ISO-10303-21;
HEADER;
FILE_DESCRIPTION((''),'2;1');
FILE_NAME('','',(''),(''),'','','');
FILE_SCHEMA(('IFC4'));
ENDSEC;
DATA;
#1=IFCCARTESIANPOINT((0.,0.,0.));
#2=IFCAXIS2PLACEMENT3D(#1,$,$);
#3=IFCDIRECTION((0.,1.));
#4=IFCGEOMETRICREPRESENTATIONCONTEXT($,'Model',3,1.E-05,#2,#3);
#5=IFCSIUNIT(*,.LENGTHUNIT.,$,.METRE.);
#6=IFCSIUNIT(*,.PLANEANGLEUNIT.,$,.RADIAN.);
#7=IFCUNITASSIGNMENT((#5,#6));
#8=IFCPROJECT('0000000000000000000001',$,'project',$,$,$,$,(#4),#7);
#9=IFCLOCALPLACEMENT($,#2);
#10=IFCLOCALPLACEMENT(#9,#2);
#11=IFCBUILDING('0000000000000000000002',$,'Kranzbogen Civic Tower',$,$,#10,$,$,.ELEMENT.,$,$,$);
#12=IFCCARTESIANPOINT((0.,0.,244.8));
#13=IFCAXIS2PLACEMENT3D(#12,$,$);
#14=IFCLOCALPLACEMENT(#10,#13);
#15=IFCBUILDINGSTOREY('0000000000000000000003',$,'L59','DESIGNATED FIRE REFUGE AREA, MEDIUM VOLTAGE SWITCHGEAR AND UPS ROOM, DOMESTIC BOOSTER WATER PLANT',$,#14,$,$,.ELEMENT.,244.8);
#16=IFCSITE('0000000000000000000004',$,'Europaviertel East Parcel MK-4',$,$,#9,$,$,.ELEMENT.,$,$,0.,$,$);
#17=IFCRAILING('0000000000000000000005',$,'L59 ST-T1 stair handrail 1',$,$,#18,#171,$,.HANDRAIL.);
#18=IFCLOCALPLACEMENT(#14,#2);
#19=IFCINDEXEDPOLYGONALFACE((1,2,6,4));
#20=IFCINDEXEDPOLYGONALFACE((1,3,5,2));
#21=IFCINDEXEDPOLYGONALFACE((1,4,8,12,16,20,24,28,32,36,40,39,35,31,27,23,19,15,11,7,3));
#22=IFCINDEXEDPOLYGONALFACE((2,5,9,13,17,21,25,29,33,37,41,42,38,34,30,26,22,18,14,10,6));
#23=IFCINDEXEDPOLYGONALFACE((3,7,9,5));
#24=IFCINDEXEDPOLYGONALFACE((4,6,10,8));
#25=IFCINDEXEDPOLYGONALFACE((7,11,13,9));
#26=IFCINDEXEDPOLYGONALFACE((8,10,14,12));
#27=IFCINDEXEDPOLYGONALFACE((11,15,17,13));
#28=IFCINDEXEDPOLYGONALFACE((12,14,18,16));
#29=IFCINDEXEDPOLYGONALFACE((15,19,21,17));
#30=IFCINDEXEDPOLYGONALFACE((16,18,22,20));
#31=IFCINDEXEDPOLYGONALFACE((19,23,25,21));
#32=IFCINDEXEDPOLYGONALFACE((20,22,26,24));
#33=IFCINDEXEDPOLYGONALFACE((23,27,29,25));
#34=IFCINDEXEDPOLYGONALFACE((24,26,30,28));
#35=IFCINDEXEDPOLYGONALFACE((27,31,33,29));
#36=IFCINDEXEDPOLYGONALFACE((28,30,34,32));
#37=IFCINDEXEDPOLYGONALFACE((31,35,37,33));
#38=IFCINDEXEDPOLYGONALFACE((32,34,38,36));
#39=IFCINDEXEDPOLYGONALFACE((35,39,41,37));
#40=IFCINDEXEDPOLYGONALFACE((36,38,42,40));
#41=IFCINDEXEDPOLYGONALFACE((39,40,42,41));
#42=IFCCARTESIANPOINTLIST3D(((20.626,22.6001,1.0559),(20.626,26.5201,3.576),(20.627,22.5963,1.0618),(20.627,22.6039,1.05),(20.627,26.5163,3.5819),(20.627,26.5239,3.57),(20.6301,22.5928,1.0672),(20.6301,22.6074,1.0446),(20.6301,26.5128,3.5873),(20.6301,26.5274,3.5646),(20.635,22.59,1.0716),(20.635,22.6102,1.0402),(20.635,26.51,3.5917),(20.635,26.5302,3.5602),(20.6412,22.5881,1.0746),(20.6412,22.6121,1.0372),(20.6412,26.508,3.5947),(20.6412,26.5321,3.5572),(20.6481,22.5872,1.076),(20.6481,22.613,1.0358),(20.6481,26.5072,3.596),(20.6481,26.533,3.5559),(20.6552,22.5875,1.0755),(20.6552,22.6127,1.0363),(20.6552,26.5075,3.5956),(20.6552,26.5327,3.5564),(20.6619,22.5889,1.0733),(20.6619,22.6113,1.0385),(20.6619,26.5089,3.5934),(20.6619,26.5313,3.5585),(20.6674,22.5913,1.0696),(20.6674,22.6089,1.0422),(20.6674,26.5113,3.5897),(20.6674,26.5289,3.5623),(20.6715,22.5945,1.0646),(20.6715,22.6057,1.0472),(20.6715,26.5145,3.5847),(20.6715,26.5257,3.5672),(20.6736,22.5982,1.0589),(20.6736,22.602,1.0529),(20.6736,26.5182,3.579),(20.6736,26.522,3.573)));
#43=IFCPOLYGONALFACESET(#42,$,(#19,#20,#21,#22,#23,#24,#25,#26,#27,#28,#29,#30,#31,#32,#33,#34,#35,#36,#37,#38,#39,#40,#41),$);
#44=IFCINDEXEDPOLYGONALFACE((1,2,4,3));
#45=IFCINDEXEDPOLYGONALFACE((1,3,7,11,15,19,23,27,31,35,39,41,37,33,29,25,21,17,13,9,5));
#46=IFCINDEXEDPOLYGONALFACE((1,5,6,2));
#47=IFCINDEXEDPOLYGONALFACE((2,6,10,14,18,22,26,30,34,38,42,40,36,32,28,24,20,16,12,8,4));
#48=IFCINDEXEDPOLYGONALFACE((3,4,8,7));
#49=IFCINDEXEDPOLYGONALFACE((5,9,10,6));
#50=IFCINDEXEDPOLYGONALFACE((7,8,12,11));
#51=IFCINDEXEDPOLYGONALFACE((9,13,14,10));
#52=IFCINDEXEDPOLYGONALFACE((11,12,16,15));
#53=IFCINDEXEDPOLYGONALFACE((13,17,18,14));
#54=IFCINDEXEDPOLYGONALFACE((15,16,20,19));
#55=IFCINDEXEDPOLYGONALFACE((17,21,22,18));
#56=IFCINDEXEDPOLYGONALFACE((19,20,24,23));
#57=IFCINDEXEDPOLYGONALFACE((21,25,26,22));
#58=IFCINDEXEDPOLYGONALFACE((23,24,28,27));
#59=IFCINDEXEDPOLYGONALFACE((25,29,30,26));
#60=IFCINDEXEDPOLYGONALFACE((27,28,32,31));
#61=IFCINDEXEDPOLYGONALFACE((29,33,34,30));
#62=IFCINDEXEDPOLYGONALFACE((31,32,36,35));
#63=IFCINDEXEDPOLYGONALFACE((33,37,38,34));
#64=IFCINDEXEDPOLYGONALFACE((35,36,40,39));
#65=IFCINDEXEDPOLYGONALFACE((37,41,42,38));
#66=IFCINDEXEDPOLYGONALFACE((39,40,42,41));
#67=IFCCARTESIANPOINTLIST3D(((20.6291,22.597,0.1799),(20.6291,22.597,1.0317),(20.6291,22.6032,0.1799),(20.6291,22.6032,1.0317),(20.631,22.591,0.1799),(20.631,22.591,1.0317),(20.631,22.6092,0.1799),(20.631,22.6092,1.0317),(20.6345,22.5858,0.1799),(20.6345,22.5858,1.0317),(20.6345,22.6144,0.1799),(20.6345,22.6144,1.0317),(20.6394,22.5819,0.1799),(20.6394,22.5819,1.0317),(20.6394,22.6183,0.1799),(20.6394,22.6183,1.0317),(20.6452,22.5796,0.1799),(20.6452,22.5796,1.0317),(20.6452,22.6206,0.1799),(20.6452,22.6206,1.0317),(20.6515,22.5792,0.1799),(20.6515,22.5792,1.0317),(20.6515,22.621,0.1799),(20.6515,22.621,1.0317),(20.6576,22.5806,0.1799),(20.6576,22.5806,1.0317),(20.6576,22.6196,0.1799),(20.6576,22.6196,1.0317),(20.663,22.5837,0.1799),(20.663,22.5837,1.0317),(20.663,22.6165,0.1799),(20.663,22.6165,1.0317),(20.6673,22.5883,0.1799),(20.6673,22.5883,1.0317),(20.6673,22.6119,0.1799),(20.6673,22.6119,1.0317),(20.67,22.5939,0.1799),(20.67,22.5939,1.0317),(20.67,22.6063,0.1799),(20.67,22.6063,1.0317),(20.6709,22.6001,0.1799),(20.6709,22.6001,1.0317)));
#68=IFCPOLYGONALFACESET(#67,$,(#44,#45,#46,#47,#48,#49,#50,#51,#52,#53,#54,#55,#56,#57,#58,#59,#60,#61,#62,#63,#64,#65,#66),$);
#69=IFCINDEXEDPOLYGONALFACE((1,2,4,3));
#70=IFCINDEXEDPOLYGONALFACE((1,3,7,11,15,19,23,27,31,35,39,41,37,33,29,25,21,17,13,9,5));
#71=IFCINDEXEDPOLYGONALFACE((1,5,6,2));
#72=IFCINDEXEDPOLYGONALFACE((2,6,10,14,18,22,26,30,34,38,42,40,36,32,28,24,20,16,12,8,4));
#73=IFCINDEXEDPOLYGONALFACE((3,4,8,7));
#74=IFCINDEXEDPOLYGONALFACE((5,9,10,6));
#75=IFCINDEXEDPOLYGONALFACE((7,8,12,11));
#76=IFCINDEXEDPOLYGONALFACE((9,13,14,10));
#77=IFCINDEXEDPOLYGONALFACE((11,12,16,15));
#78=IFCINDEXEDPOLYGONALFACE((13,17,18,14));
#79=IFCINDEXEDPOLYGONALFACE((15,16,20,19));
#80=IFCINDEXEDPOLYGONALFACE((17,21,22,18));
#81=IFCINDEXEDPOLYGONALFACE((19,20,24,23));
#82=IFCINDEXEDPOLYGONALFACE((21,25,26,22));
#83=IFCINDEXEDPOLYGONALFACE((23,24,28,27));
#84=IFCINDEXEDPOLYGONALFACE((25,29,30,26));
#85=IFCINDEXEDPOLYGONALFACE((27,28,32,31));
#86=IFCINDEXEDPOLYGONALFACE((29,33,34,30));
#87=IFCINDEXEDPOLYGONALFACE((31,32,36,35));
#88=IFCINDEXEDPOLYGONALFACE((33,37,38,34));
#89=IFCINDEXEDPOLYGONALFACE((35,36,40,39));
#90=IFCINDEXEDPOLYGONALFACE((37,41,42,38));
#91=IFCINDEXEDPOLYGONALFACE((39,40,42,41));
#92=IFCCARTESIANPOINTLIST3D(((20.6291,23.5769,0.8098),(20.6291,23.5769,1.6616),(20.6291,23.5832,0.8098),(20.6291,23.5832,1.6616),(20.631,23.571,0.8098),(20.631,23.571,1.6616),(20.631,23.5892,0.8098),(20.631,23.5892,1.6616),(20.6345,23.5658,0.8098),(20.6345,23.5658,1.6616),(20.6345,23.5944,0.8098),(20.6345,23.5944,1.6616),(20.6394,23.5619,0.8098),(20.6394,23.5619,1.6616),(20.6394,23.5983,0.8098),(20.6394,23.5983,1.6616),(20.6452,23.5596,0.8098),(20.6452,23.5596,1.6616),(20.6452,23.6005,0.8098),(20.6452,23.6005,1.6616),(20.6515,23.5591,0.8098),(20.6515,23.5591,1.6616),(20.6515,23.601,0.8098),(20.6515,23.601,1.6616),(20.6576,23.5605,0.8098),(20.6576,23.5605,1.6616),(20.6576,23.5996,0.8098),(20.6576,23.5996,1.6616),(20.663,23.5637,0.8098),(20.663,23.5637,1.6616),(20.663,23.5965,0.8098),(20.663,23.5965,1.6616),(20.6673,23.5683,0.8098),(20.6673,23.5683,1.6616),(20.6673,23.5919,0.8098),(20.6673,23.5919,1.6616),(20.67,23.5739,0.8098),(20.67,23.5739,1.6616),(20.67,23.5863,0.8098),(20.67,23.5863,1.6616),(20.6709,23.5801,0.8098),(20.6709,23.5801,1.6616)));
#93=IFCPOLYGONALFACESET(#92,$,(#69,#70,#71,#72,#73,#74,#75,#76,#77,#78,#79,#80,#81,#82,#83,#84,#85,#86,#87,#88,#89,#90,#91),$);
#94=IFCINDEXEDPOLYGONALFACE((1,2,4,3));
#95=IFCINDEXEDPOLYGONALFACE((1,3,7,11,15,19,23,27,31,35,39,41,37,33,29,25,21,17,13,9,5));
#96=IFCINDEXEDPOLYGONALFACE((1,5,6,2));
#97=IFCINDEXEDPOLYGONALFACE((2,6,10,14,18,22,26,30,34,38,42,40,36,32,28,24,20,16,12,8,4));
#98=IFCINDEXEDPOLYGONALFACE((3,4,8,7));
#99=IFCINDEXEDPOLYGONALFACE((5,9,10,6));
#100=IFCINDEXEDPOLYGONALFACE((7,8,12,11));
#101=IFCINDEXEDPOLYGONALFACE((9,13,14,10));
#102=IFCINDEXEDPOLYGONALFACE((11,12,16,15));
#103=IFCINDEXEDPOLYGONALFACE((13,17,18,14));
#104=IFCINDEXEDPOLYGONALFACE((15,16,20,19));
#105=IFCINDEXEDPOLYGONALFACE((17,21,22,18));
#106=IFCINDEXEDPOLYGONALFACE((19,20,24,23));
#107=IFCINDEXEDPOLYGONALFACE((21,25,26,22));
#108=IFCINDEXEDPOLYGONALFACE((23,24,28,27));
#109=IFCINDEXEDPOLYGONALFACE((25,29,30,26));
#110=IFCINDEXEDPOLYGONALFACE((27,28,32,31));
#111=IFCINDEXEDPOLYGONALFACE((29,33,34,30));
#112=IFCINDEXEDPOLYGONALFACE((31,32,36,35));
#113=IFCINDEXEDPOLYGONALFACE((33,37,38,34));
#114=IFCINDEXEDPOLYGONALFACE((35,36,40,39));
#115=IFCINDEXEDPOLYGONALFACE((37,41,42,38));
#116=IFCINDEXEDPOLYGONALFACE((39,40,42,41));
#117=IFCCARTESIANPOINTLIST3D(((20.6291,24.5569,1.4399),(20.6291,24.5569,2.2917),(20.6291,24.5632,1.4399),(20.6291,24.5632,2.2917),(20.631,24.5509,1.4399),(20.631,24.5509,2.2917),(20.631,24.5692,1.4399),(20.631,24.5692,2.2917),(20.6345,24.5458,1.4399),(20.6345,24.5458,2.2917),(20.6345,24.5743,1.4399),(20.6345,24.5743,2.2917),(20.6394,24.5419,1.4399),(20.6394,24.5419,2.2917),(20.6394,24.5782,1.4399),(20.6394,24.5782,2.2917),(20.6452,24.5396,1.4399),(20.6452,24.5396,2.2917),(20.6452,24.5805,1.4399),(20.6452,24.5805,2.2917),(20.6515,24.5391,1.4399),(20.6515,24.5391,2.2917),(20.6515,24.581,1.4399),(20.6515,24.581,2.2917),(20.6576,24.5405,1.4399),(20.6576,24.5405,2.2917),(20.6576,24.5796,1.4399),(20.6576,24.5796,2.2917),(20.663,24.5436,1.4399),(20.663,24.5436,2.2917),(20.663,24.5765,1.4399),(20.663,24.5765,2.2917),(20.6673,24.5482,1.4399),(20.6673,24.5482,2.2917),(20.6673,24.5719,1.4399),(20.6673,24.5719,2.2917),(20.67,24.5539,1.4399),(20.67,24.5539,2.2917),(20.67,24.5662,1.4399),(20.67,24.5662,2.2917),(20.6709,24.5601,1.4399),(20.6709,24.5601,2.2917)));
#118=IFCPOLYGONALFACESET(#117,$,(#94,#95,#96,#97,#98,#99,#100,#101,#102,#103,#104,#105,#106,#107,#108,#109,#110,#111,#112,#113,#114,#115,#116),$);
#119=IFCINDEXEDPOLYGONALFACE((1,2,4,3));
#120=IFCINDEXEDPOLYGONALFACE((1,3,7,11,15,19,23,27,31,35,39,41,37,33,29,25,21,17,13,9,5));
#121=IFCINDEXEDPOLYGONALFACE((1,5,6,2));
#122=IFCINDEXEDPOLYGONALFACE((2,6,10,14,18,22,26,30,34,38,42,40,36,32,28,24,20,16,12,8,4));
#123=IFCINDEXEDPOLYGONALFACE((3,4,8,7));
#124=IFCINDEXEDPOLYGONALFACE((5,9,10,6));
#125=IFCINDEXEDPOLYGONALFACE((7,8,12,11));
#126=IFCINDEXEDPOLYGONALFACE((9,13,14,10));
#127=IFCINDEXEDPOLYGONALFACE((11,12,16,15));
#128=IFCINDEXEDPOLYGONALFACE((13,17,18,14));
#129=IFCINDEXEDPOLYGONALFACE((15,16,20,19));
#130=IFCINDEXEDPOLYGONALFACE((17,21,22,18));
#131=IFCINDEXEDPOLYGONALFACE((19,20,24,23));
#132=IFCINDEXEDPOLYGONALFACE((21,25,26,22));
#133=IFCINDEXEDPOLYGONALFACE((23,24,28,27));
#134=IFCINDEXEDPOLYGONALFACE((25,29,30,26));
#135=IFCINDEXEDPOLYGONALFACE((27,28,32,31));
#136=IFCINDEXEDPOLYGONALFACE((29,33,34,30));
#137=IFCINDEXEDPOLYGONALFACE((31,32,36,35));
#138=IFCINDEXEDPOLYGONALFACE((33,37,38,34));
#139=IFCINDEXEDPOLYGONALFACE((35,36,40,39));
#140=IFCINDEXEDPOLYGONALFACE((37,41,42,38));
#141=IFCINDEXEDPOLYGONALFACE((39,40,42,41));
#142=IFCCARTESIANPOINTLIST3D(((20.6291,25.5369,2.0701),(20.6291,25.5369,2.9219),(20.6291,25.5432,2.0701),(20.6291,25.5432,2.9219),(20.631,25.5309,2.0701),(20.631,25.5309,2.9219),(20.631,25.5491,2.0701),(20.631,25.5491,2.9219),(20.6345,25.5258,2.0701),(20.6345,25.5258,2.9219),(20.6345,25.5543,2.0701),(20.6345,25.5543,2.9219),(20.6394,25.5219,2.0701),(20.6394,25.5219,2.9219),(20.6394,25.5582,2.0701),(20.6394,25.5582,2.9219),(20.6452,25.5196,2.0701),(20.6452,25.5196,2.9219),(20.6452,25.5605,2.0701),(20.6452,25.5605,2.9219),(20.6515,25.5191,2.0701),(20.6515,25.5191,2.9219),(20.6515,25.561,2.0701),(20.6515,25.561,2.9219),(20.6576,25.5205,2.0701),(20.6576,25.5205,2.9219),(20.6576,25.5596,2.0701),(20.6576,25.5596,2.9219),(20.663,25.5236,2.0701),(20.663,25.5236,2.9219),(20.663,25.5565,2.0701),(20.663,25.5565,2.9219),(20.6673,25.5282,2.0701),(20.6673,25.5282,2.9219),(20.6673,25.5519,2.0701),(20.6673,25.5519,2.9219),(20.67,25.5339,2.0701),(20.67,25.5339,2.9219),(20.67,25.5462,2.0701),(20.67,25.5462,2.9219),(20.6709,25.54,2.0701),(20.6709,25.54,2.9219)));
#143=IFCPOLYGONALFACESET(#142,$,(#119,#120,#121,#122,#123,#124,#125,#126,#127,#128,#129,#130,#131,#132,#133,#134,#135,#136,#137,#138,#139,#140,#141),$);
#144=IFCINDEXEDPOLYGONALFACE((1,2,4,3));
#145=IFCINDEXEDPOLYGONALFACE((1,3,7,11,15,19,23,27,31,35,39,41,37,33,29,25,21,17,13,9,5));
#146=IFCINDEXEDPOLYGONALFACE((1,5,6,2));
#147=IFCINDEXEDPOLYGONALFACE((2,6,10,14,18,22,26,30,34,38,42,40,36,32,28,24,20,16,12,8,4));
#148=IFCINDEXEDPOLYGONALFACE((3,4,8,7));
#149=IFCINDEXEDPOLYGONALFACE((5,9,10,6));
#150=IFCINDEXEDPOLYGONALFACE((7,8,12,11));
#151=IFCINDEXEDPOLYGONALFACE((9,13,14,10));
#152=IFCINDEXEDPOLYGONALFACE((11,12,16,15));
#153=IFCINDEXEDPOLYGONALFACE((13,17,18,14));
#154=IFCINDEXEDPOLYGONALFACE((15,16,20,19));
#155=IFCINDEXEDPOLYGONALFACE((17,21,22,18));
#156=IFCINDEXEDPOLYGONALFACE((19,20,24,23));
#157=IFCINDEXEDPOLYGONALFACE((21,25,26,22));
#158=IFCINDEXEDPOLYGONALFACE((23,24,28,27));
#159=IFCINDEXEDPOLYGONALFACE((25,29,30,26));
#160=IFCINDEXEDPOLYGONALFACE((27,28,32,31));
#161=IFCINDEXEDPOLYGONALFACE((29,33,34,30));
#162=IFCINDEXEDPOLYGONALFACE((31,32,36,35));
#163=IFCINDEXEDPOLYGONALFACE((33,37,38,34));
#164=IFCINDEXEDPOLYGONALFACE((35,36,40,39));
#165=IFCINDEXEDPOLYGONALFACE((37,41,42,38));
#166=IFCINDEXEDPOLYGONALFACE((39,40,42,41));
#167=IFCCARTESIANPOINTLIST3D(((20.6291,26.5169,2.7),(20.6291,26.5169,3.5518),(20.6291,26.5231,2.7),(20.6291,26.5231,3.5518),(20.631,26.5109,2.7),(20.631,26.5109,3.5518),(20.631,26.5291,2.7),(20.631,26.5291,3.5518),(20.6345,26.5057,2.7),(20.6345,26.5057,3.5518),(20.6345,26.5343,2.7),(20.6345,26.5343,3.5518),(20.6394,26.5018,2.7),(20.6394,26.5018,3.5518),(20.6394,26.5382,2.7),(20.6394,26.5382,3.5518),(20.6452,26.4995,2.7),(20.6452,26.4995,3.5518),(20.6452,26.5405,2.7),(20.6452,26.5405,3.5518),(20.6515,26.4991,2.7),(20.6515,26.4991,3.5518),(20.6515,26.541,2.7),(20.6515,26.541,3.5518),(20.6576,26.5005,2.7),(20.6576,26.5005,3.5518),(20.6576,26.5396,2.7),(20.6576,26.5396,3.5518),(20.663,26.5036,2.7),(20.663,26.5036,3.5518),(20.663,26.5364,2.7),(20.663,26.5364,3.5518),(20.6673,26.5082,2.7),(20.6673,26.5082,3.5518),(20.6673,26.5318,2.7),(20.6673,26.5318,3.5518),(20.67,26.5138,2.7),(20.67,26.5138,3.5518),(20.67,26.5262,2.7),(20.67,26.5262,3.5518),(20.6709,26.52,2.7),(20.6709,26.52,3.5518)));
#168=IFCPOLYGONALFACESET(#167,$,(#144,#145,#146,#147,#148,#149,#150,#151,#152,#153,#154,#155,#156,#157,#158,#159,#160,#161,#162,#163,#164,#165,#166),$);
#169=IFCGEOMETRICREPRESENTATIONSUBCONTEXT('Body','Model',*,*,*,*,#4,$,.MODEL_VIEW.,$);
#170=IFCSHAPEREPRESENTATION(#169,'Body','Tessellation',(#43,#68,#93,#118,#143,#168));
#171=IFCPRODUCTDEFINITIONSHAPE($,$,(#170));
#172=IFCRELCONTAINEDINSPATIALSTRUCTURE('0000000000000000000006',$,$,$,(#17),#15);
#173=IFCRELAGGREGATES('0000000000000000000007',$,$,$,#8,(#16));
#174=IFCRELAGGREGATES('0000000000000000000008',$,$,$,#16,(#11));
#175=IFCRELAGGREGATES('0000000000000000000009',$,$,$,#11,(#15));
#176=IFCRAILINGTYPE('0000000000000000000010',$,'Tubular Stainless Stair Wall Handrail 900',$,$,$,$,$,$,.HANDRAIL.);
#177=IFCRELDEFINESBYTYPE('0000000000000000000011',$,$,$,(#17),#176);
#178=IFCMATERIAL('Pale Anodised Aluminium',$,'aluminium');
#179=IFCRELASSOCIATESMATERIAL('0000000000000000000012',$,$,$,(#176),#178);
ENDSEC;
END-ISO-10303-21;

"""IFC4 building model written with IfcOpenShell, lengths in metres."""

from ifc_helpers import new_model, si_unit, direction, frame, origin, origin_2d, place, context, subcontext, project, spatial, circle, extrude, material, type_object, element, save


model = new_model("IFC4")

# Units and contexts
model_context = context("Model", 3, precision=1e-05, world=origin(), true_north=direction((0.0, 1.0)))
body_context = subcontext(model_context, "Body", "Model", "MODEL_VIEW")
ifc_project = project(units=[si_unit("LENGTHUNIT", "METRE"), si_unit("PLANEANGLEUNIT", "RADIAN")], contexts=[model_context])

# Site, building, storey
site_placement = place(None, origin())
site = spatial("IfcSite", under=ifc_project, at=site_placement, Name="Europaviertel East Parcel MK-4", CompositionType="ELEMENT", RefElevation=0.0)
building_placement = place(site_placement, origin())
building = spatial("IfcBuilding", under=site, at=building_placement, Name="Kranzbogen Civic Tower", CompositionType="ELEMENT")
storey_placement = place(building_placement, frame((0.0, 0.0, 244.8)))
storey = spatial("IfcBuildingStorey", under=building, at=storey_placement, Name="L59", Description="DESIGNATED FIRE REFUGE AREA, MEDIUM VOLTAGE SWITCHGEAR AND UPS ROOM, DOMESTIC BOOSTER WATER PLANT", CompositionType="ELEMENT", Elevation=244.8)

# Shared definitions
ifc_material_1 = material(Name="Pale Anodised Aluminium", Category="aluminium")

# Railing
railing_type_1 = type_object("IfcRailingType", Name="Tubular Stainless Stair Wall Handrail 900", PredefinedType="HANDRAIL", material=ifc_material_1)
railing_1_placement = place(storey_placement, frame((20.6499, 22.6001, 0.1799)))
element("IfcRailing", 1, at=railing_1_placement, inside=storey, type_object=railing_type_1, Name="L59 ST-T1 stair handrail 1", PredefinedType="HANDRAIL", context=body_context, shape_type="SweptSolid", body=[
    extrude(circle(Radius=0.0239, at=origin_2d()), frame((0.0, 0.0, 0.876), z_axis=(0.0, 0.841172, 0.540768), x_axis=(-1.0, 0.0, 0.0)), (0.0, 0.0, 1.0), 4.6602),
    extrude(circle(Radius=0.021, at=origin_2d()), origin(), (0.0, 0.0, 1.0), 0.8518),
    extrude(circle(Radius=0.021, at=origin_2d()), frame((0.0, 0.98, 0.6299)), (0.0, 0.0, 1.0), 0.8518),
    extrude(circle(Radius=0.021, at=origin_2d()), frame((0.0, 1.96, 1.26)), (0.0, 0.0, 1.0), 0.8518),
    extrude(circle(Radius=0.021, at=origin_2d()), frame((0.0, 2.9399, 1.8901)), (0.0, 0.0, 1.0), 0.8518),
    extrude(circle(Radius=0.021, at=origin_2d()), frame((0.0, 3.9199, 2.52)), (0.0, 0.0, 1.0), 0.8518),
])

save(model, "model.ifc")
